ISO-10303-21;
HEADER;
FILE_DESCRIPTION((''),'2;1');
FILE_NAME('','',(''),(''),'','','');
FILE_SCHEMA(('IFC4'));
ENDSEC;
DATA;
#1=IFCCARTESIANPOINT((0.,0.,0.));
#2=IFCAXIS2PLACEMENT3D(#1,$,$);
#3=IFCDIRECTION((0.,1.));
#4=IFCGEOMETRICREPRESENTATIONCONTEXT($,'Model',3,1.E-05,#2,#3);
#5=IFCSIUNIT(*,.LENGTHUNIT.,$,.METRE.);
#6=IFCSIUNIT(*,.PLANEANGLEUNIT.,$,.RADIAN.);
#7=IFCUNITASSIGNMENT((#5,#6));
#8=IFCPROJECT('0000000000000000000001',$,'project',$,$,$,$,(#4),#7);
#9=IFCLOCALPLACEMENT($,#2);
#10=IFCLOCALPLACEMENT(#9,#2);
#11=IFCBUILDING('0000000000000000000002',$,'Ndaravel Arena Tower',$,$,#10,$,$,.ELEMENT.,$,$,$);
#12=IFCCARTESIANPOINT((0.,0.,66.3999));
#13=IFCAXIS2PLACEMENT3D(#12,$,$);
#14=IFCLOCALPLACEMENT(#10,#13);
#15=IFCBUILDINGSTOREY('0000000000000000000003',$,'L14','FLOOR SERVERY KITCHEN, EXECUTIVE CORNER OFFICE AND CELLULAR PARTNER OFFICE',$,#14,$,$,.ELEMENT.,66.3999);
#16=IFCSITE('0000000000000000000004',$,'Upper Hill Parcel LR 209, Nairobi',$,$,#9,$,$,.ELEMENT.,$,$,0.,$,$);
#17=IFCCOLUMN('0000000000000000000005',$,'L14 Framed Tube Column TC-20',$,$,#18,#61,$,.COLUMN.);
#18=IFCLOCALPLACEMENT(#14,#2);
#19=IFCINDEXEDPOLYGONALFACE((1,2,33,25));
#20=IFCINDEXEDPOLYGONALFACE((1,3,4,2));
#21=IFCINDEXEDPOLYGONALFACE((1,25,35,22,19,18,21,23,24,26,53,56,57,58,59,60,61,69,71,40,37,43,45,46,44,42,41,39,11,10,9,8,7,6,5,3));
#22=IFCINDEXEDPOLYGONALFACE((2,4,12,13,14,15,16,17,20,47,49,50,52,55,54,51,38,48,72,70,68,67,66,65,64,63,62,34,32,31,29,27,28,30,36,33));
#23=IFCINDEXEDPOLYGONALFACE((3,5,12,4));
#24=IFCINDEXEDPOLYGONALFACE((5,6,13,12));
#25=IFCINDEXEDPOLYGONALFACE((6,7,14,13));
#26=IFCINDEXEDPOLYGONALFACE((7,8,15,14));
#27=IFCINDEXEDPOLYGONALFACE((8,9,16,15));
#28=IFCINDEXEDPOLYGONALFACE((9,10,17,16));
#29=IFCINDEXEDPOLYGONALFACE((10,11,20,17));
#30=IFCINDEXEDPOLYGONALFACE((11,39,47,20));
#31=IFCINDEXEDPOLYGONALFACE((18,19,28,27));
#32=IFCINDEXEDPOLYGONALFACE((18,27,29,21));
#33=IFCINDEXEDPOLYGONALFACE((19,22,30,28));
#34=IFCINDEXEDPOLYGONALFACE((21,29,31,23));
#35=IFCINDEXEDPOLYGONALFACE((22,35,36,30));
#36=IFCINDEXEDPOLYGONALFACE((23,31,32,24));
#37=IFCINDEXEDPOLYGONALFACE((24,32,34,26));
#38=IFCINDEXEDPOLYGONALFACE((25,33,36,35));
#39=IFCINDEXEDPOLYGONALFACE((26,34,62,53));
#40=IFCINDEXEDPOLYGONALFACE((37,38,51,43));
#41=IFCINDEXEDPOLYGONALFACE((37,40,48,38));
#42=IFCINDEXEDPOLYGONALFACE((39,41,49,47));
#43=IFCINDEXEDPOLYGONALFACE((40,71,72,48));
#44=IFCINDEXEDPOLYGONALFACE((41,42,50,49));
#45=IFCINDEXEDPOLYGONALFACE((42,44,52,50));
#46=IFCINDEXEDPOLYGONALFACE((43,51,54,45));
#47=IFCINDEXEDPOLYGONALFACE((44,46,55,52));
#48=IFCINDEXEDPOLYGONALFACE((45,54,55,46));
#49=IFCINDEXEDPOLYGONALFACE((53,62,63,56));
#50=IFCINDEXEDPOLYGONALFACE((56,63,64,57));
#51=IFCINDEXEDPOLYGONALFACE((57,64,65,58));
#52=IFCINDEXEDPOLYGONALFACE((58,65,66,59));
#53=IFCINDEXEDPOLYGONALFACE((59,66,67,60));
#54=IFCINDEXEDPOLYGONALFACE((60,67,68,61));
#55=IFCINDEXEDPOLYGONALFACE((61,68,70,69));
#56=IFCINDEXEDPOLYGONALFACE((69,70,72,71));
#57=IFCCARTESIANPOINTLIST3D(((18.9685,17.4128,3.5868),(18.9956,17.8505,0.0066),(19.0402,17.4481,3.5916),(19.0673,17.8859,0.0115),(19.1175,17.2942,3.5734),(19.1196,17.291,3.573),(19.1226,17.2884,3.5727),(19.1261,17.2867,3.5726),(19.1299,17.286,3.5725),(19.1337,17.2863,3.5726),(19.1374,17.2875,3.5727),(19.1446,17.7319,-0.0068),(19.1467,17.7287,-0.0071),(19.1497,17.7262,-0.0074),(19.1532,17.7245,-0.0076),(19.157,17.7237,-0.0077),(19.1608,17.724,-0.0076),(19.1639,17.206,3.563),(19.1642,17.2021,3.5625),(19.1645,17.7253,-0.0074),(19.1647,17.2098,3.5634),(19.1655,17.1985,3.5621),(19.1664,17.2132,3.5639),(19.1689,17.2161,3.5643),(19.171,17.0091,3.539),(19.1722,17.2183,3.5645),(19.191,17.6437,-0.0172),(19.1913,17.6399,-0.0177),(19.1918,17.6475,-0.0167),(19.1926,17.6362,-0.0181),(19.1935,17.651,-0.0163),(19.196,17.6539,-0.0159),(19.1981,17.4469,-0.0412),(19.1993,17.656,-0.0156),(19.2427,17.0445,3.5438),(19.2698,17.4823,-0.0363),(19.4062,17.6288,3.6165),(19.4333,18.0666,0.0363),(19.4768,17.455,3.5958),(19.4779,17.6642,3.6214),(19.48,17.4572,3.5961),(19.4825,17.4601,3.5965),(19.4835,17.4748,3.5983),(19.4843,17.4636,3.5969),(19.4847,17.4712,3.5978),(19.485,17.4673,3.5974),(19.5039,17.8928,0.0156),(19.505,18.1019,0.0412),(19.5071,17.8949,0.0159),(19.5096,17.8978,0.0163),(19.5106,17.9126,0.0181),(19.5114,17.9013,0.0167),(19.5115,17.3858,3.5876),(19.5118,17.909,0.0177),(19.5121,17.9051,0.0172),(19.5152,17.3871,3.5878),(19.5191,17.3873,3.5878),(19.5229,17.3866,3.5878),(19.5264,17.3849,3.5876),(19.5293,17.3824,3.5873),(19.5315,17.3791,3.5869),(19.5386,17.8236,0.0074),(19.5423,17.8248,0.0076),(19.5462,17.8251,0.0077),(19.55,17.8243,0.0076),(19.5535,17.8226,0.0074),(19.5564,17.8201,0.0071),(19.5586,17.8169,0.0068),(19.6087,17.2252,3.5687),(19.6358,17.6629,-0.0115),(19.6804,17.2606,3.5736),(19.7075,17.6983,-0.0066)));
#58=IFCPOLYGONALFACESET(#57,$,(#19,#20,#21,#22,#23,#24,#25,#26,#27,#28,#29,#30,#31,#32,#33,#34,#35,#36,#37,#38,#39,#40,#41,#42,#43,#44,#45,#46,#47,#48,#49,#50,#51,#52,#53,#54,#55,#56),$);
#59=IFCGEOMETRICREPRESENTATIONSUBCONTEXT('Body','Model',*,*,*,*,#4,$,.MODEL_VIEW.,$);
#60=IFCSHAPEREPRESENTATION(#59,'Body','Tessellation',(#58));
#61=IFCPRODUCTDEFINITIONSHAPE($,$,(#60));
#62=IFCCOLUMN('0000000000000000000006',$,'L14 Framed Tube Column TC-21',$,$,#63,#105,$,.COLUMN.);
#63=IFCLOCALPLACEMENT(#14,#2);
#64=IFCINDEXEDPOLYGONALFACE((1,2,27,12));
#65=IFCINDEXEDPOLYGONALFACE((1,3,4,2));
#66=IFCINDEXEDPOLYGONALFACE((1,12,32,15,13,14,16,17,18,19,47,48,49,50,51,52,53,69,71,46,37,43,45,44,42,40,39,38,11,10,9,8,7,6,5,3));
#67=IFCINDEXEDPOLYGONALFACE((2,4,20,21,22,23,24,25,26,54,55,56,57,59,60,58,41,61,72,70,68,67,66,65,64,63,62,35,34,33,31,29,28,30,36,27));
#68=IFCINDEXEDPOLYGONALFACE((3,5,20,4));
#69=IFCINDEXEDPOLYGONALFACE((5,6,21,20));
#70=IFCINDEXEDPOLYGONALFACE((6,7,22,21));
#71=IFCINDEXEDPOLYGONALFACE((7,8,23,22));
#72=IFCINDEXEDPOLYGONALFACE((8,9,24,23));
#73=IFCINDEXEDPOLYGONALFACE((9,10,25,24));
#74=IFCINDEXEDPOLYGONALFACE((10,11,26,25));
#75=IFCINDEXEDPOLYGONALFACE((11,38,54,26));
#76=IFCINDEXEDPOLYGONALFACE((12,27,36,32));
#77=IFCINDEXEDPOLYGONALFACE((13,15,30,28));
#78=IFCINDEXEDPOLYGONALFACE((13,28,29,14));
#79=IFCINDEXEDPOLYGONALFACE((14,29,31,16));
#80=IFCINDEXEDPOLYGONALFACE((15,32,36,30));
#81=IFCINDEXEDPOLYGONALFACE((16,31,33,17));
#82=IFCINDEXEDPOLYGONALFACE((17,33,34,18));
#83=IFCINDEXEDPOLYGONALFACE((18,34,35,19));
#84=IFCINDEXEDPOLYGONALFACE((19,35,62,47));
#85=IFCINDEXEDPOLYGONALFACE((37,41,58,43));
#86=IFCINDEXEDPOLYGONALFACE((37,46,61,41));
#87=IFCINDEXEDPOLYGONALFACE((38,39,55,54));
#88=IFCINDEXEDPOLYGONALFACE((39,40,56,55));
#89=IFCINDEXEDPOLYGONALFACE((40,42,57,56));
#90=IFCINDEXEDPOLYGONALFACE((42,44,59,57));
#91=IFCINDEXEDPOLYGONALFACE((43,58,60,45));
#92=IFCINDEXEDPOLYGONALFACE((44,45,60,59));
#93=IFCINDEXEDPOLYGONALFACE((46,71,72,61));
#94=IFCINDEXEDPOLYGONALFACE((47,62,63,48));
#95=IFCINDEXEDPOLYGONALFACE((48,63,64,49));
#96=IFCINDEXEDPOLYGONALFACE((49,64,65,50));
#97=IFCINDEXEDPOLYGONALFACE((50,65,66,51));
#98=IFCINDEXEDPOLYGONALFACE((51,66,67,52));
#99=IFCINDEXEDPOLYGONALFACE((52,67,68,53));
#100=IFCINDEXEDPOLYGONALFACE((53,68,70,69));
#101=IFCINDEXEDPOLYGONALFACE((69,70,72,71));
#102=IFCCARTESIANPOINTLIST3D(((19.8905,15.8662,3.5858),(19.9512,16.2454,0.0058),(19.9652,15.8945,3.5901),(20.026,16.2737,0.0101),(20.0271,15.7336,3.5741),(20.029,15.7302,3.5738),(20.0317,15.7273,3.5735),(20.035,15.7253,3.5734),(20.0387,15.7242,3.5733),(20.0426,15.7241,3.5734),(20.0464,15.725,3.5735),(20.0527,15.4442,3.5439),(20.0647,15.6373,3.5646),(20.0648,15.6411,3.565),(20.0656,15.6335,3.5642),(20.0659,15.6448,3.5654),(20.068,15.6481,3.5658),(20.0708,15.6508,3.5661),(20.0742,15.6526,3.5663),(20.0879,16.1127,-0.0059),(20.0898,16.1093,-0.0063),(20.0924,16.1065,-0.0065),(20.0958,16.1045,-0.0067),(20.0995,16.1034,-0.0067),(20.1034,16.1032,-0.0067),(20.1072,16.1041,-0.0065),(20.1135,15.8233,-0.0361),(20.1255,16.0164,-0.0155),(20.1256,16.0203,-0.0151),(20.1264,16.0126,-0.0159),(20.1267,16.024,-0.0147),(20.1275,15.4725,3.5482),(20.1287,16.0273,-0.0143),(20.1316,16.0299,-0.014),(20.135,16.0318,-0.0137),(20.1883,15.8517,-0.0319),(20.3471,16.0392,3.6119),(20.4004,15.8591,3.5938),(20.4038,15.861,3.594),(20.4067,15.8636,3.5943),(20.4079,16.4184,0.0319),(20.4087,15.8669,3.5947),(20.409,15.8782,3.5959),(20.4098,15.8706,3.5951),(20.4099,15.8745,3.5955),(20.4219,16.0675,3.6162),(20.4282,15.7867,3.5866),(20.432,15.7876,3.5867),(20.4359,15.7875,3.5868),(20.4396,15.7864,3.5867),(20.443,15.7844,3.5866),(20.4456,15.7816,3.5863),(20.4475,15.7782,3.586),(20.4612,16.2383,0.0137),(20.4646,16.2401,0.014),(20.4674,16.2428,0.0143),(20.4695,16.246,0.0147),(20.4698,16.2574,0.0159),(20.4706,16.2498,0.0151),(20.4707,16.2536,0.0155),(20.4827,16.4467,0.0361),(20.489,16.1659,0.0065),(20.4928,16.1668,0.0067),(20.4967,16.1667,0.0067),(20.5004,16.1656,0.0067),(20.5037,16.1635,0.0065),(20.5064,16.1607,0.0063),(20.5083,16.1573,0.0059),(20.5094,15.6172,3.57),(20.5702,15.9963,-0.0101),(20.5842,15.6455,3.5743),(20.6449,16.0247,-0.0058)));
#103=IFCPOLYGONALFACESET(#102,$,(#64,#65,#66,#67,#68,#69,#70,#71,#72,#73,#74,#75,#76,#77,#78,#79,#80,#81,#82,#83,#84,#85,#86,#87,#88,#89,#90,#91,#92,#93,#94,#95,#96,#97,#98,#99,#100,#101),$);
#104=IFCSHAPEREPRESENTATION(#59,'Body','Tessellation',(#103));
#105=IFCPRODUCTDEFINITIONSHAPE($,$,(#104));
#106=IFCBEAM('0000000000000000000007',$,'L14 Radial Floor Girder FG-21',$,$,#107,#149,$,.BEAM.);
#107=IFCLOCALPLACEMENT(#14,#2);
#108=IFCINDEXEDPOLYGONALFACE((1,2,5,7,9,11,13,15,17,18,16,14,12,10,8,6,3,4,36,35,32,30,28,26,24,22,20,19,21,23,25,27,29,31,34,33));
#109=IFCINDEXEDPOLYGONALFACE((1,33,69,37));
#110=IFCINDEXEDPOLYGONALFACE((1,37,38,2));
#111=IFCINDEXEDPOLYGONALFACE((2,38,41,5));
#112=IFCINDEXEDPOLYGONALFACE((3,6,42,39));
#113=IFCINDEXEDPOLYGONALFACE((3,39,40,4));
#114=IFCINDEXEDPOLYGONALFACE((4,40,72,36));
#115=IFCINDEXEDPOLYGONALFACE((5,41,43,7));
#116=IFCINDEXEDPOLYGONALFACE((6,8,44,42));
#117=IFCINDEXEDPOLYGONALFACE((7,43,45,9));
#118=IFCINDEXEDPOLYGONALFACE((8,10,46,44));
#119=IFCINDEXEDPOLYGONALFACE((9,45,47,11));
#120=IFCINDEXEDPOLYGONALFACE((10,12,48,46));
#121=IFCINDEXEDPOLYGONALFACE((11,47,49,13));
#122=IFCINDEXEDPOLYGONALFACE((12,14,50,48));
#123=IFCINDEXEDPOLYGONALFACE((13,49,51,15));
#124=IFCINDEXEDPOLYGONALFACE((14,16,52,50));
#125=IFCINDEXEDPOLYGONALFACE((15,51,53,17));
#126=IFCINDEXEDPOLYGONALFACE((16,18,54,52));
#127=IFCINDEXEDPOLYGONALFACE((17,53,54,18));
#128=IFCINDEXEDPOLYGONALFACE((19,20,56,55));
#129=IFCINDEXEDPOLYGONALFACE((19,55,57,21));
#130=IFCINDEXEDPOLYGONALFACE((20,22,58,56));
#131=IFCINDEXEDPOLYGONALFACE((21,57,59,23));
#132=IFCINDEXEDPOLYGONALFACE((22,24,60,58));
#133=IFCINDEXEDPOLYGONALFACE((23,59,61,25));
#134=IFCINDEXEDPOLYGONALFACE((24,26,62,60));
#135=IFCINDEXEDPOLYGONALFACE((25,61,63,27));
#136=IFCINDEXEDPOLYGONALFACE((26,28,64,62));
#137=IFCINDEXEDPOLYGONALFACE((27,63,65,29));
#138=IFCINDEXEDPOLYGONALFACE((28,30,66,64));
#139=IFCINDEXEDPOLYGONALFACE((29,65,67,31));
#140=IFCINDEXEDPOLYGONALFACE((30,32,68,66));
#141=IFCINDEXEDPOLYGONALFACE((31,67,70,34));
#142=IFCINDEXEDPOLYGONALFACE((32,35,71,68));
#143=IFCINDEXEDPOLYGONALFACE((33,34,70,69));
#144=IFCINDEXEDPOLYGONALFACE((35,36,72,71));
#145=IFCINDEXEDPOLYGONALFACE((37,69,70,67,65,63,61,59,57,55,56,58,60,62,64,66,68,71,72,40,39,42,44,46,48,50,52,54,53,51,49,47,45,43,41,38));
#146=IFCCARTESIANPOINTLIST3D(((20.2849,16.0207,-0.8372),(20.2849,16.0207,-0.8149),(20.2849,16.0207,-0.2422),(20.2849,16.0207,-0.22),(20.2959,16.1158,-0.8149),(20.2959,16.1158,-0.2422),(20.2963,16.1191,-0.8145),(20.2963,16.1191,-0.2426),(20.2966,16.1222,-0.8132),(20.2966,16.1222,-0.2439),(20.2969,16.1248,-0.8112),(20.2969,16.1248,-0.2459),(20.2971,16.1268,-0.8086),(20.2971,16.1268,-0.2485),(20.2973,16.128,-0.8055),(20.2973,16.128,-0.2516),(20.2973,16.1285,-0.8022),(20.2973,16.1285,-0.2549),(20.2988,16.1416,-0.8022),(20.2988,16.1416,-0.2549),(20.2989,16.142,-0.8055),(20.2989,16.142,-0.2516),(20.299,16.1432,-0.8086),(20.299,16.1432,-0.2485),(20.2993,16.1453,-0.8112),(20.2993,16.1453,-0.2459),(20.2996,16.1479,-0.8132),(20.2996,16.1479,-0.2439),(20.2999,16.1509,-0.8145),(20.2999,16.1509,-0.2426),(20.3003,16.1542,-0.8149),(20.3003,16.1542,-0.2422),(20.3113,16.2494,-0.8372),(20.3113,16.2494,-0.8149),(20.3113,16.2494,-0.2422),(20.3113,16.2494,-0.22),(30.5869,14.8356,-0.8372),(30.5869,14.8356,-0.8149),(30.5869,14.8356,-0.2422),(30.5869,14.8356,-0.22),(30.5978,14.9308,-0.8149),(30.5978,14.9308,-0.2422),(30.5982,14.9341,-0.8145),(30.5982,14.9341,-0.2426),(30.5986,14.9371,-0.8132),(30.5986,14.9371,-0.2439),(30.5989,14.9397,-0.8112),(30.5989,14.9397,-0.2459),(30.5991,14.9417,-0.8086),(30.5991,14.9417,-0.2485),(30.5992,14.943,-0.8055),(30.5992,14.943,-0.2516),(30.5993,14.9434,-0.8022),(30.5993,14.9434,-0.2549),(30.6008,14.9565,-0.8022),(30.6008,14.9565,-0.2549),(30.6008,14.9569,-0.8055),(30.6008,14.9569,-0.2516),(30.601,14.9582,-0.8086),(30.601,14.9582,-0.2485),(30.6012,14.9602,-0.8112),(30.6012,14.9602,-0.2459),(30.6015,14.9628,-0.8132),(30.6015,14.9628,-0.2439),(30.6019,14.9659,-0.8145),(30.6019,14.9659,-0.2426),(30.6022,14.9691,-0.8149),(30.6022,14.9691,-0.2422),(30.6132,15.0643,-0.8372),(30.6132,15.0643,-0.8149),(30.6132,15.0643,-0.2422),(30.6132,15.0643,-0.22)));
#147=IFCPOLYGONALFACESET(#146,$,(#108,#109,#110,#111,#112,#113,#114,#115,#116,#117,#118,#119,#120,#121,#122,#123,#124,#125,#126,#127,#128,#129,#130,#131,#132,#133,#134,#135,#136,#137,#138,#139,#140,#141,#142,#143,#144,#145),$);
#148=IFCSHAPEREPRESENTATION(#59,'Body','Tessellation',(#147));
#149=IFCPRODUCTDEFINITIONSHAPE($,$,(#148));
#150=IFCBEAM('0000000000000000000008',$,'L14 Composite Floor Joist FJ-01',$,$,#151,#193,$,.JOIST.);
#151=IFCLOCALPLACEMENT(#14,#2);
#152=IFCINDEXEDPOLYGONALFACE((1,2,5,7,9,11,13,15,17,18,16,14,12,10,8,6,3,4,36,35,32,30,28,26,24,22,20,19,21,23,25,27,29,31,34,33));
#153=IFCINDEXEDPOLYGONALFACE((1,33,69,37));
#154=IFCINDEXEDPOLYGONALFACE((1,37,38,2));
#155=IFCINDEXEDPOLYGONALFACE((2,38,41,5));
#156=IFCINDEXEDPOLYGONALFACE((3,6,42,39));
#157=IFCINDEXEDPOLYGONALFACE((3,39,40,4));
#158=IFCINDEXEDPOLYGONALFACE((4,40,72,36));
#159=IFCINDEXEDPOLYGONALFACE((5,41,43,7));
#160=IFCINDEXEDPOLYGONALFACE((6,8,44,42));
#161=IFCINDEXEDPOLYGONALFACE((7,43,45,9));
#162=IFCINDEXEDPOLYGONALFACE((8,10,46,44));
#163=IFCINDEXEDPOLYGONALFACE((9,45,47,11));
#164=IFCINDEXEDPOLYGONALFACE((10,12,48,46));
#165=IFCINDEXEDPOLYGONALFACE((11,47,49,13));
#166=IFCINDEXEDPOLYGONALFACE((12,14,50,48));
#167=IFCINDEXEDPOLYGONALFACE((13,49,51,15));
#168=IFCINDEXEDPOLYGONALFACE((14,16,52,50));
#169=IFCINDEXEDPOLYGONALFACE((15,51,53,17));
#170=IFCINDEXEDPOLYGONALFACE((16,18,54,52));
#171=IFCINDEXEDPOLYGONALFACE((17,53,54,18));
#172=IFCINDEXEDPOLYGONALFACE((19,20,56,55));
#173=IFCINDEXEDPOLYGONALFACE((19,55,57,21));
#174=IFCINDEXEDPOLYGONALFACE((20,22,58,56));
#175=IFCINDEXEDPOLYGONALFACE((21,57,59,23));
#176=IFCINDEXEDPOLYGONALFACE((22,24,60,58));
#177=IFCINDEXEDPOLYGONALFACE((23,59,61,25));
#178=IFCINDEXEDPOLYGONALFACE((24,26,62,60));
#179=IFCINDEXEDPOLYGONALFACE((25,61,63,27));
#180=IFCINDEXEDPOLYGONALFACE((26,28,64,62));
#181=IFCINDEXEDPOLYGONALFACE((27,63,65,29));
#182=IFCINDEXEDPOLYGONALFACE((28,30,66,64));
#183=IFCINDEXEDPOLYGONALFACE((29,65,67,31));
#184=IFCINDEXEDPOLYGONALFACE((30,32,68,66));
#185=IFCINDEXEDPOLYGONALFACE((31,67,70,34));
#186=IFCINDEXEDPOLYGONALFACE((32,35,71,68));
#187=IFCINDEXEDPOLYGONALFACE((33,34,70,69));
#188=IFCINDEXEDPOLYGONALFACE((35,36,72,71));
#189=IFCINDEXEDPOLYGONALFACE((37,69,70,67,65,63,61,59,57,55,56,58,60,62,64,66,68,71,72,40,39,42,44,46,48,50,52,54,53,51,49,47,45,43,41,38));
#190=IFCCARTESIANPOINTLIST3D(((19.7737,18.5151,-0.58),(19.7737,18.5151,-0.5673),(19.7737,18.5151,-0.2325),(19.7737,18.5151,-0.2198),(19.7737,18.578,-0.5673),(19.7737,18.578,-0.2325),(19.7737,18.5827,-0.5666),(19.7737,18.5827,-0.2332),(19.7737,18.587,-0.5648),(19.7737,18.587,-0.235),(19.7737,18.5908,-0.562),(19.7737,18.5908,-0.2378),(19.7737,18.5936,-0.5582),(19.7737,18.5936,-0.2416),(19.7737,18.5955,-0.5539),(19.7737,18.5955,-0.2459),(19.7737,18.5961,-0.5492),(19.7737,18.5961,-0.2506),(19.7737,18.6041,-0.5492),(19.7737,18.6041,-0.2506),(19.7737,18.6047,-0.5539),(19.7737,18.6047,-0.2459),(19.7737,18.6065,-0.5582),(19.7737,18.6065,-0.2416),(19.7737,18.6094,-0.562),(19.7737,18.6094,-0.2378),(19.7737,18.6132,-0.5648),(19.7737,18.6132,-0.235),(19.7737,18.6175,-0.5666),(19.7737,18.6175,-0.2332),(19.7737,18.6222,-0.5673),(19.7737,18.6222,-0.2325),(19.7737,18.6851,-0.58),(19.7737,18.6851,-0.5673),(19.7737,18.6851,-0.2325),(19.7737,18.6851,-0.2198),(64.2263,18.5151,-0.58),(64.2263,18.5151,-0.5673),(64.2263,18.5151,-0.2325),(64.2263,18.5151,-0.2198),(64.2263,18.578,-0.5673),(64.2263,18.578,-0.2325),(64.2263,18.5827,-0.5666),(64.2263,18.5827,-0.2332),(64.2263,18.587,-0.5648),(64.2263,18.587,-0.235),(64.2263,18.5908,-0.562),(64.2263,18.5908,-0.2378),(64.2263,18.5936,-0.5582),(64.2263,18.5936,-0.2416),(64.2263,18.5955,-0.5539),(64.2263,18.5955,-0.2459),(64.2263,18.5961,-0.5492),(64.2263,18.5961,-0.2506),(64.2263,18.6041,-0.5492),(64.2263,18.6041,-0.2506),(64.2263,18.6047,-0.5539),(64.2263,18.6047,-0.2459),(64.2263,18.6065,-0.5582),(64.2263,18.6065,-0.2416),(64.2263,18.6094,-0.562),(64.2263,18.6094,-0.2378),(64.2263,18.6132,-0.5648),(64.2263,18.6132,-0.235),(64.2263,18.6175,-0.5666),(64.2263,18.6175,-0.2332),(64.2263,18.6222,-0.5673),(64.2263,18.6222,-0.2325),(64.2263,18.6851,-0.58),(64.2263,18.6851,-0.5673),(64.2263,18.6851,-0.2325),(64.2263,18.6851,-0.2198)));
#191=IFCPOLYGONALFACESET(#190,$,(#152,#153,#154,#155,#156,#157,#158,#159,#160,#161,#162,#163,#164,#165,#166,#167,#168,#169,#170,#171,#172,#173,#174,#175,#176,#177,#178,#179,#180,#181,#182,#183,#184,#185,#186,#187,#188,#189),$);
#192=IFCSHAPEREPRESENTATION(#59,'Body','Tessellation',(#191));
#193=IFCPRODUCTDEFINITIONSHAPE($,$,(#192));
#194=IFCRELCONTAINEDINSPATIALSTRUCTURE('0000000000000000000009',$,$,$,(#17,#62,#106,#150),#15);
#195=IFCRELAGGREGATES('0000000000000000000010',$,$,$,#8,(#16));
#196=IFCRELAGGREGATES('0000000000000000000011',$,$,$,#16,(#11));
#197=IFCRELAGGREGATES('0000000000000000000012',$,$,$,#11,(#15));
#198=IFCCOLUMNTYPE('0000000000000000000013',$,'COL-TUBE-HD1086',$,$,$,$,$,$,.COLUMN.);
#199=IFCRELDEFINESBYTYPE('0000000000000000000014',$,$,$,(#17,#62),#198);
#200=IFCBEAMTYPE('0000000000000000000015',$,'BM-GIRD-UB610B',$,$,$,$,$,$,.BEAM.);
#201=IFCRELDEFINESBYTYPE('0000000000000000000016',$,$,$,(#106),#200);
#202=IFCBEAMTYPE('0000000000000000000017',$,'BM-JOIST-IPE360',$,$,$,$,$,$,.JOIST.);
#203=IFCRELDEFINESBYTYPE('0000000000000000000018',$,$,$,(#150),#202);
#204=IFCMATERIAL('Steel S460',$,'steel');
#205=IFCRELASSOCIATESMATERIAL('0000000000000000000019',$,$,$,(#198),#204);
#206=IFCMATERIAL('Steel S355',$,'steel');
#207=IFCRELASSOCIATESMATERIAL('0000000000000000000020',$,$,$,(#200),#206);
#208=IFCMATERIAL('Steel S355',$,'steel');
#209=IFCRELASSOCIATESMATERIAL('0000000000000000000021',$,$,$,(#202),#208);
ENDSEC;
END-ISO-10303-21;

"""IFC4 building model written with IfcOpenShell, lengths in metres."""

from ifc_helpers import new_model, si_unit, direction, frame, origin, origin_2d, place, context, subcontext, project, spatial, i_section, extrude, material, material_profile, profile_set, type_object, element, save


model = new_model("IFC4")

# Units and contexts
model_context = context("Model", 3, precision=1e-05, world=origin(), true_north=direction((0.0, 1.0)))
body_context = subcontext(model_context, "Body", "Model", "MODEL_VIEW")
ifc_project = project(units=[si_unit("LENGTHUNIT", "METRE"), si_unit("PLANEANGLEUNIT", "RADIAN")], contexts=[model_context])

# Site, building, storey
site_placement = place(None, origin())
site = spatial("IfcSite", under=ifc_project, at=site_placement, Name="Upper Hill Parcel LR 209, Nairobi", CompositionType="ELEMENT", RefElevation=0.0)
building_placement = place(site_placement, origin())
building = spatial("IfcBuilding", under=site, at=building_placement, Name="Ndaravel Arena Tower", CompositionType="ELEMENT")
storey_placement = place(building_placement, frame((0.0, 0.0, 66.3999)))
storey = spatial("IfcBuildingStorey", under=building, at=storey_placement, Name="L14", Description="FLOOR SERVERY KITCHEN, EXECUTIVE CORNER OFFICE AND CELLULAR PARTNER OFFICE", CompositionType="ELEMENT", Elevation=66.3999)

# Columns
ifc_material_1 = material(Name="Steel S460", Category="steel")
ifc_material_profile_1 = material_profile(ifc_material_1, i_section(OverallWidth=0.4541, OverallDepth=0.5691, WebThickness=0.0779, FlangeThickness=0.0801, FilletRadius=0.0149, at=origin_2d()), Name="HD 400x1086")
ifc_profile_set_1 = profile_set([ifc_material_profile_1], Name="Steel S460")
column_type = type_object("IfcColumnType", Name="COL-TUBE-HD1086", PredefinedType="COLUMN", material=ifc_profile_set_1)
column_1_placement = place(storey_placement, frame((19.3516, 17.7744, 0.0), z_axis=(-0.007513, -0.121365, 0.99258), x_axis=(-0.445931, 0.888851, 0.105306)))
element("IfcColumn", 1, at=column_1_placement, inside=storey, type_object=column_type, Name="L14 Framed Tube Column TC-20", PredefinedType="COLUMN", context=body_context, shape_type="SweptSolid", body=[
    extrude(i_section(OverallWidth=0.4541, OverallDepth=0.5691, WebThickness=0.0779, FlangeThickness=0.0801, FilletRadius=0.0149, at=origin_2d()), origin(), (0.0, 0.0, 1.0), 3.6069),
])
column_2_placement = place(storey_placement, frame((20.2981, 16.135, 0.0), z_axis=(-0.016884, -0.105302, 0.994297), x_axis=(-0.357373, 0.929384, 0.092359)))
element("IfcColumn", 2, at=column_2_placement, inside=storey, type_object=column_type, Name="L14 Framed Tube Column TC-21", PredefinedType="COLUMN", context=body_context, shape_type="SweptSolid", body=[
    extrude(i_section(OverallWidth=0.4541, OverallDepth=0.5691, WebThickness=0.0779, FlangeThickness=0.0801, FilletRadius=0.0149, at=origin_2d()), origin(), (0.0, 0.0, 1.0), 3.6006),
])

# Beams
ifc_material_2 = material(Name="Steel S355", Category="steel")
ifc_material_profile_2 = material_profile(ifc_material_2, i_section(OverallWidth=0.2302, OverallDepth=0.6172, WebThickness=0.0132, FlangeThickness=0.0222, FilletRadius=0.0127, at=origin_2d()), Name="UB 610x229x140")
ifc_profile_set_2 = profile_set([ifc_material_profile_2], Name="Steel S355")
beam_type_1 = type_object("IfcBeamType", Name="BM-GIRD-UB610B", PredefinedType="BEAM", material=ifc_profile_set_2)
beam_1_placement = place(storey_placement, frame((20.2981, 16.135, -0.5286), z_axis=(0.993449, -0.114278, 0.0), x_axis=(0.114278, 0.993449, 0.0)))
element("IfcBeam", 3, at=beam_1_placement, inside=storey, type_object=beam_type_1, Name="L14 Radial Floor Girder FG-21", PredefinedType="BEAM", context=body_context, shape_type="SweptSolid", body=[
    extrude(i_section(OverallWidth=0.2302, OverallDepth=0.6172, WebThickness=0.0132, FlangeThickness=0.0222, FilletRadius=0.0127, at=origin_2d()), origin(), (0.0, 0.0, 1.0), 10.3699),
])
ifc_material_3 = material(Name="Steel S355", Category="steel")
ifc_material_profile_3 = material_profile(ifc_material_3, i_section(OverallWidth=0.1699, OverallDepth=0.3601, WebThickness=0.0081, FlangeThickness=0.0127, FilletRadius=0.0181, at=origin_2d()), Name="IPE 360")
ifc_profile_set_3 = profile_set([ifc_material_profile_3], Name="Steel S355")
beam_type_2 = type_object("IfcBeamType", Name="BM-JOIST-IPE360", PredefinedType="JOIST", material=ifc_profile_set_3)
beam_2_placement = place(storey_placement, frame((19.7737, 18.6001, -0.3999), z_axis=(1.0, 0.0, 0.0), x_axis=(0.0, 1.0, 0.0)))
element("IfcBeam", 4, at=beam_2_placement, inside=storey, type_object=beam_type_2, Name="L14 Composite Floor Joist FJ-01", PredefinedType="JOIST", context=body_context, shape_type="SweptSolid", body=[
    extrude(i_section(OverallWidth=0.1699, OverallDepth=0.3601, WebThickness=0.0081, FlangeThickness=0.0127, FilletRadius=0.0181, at=origin_2d()), origin(), (0.0, 0.0, 1.0), 44.4526),
])

save(model, "model.ifc")
